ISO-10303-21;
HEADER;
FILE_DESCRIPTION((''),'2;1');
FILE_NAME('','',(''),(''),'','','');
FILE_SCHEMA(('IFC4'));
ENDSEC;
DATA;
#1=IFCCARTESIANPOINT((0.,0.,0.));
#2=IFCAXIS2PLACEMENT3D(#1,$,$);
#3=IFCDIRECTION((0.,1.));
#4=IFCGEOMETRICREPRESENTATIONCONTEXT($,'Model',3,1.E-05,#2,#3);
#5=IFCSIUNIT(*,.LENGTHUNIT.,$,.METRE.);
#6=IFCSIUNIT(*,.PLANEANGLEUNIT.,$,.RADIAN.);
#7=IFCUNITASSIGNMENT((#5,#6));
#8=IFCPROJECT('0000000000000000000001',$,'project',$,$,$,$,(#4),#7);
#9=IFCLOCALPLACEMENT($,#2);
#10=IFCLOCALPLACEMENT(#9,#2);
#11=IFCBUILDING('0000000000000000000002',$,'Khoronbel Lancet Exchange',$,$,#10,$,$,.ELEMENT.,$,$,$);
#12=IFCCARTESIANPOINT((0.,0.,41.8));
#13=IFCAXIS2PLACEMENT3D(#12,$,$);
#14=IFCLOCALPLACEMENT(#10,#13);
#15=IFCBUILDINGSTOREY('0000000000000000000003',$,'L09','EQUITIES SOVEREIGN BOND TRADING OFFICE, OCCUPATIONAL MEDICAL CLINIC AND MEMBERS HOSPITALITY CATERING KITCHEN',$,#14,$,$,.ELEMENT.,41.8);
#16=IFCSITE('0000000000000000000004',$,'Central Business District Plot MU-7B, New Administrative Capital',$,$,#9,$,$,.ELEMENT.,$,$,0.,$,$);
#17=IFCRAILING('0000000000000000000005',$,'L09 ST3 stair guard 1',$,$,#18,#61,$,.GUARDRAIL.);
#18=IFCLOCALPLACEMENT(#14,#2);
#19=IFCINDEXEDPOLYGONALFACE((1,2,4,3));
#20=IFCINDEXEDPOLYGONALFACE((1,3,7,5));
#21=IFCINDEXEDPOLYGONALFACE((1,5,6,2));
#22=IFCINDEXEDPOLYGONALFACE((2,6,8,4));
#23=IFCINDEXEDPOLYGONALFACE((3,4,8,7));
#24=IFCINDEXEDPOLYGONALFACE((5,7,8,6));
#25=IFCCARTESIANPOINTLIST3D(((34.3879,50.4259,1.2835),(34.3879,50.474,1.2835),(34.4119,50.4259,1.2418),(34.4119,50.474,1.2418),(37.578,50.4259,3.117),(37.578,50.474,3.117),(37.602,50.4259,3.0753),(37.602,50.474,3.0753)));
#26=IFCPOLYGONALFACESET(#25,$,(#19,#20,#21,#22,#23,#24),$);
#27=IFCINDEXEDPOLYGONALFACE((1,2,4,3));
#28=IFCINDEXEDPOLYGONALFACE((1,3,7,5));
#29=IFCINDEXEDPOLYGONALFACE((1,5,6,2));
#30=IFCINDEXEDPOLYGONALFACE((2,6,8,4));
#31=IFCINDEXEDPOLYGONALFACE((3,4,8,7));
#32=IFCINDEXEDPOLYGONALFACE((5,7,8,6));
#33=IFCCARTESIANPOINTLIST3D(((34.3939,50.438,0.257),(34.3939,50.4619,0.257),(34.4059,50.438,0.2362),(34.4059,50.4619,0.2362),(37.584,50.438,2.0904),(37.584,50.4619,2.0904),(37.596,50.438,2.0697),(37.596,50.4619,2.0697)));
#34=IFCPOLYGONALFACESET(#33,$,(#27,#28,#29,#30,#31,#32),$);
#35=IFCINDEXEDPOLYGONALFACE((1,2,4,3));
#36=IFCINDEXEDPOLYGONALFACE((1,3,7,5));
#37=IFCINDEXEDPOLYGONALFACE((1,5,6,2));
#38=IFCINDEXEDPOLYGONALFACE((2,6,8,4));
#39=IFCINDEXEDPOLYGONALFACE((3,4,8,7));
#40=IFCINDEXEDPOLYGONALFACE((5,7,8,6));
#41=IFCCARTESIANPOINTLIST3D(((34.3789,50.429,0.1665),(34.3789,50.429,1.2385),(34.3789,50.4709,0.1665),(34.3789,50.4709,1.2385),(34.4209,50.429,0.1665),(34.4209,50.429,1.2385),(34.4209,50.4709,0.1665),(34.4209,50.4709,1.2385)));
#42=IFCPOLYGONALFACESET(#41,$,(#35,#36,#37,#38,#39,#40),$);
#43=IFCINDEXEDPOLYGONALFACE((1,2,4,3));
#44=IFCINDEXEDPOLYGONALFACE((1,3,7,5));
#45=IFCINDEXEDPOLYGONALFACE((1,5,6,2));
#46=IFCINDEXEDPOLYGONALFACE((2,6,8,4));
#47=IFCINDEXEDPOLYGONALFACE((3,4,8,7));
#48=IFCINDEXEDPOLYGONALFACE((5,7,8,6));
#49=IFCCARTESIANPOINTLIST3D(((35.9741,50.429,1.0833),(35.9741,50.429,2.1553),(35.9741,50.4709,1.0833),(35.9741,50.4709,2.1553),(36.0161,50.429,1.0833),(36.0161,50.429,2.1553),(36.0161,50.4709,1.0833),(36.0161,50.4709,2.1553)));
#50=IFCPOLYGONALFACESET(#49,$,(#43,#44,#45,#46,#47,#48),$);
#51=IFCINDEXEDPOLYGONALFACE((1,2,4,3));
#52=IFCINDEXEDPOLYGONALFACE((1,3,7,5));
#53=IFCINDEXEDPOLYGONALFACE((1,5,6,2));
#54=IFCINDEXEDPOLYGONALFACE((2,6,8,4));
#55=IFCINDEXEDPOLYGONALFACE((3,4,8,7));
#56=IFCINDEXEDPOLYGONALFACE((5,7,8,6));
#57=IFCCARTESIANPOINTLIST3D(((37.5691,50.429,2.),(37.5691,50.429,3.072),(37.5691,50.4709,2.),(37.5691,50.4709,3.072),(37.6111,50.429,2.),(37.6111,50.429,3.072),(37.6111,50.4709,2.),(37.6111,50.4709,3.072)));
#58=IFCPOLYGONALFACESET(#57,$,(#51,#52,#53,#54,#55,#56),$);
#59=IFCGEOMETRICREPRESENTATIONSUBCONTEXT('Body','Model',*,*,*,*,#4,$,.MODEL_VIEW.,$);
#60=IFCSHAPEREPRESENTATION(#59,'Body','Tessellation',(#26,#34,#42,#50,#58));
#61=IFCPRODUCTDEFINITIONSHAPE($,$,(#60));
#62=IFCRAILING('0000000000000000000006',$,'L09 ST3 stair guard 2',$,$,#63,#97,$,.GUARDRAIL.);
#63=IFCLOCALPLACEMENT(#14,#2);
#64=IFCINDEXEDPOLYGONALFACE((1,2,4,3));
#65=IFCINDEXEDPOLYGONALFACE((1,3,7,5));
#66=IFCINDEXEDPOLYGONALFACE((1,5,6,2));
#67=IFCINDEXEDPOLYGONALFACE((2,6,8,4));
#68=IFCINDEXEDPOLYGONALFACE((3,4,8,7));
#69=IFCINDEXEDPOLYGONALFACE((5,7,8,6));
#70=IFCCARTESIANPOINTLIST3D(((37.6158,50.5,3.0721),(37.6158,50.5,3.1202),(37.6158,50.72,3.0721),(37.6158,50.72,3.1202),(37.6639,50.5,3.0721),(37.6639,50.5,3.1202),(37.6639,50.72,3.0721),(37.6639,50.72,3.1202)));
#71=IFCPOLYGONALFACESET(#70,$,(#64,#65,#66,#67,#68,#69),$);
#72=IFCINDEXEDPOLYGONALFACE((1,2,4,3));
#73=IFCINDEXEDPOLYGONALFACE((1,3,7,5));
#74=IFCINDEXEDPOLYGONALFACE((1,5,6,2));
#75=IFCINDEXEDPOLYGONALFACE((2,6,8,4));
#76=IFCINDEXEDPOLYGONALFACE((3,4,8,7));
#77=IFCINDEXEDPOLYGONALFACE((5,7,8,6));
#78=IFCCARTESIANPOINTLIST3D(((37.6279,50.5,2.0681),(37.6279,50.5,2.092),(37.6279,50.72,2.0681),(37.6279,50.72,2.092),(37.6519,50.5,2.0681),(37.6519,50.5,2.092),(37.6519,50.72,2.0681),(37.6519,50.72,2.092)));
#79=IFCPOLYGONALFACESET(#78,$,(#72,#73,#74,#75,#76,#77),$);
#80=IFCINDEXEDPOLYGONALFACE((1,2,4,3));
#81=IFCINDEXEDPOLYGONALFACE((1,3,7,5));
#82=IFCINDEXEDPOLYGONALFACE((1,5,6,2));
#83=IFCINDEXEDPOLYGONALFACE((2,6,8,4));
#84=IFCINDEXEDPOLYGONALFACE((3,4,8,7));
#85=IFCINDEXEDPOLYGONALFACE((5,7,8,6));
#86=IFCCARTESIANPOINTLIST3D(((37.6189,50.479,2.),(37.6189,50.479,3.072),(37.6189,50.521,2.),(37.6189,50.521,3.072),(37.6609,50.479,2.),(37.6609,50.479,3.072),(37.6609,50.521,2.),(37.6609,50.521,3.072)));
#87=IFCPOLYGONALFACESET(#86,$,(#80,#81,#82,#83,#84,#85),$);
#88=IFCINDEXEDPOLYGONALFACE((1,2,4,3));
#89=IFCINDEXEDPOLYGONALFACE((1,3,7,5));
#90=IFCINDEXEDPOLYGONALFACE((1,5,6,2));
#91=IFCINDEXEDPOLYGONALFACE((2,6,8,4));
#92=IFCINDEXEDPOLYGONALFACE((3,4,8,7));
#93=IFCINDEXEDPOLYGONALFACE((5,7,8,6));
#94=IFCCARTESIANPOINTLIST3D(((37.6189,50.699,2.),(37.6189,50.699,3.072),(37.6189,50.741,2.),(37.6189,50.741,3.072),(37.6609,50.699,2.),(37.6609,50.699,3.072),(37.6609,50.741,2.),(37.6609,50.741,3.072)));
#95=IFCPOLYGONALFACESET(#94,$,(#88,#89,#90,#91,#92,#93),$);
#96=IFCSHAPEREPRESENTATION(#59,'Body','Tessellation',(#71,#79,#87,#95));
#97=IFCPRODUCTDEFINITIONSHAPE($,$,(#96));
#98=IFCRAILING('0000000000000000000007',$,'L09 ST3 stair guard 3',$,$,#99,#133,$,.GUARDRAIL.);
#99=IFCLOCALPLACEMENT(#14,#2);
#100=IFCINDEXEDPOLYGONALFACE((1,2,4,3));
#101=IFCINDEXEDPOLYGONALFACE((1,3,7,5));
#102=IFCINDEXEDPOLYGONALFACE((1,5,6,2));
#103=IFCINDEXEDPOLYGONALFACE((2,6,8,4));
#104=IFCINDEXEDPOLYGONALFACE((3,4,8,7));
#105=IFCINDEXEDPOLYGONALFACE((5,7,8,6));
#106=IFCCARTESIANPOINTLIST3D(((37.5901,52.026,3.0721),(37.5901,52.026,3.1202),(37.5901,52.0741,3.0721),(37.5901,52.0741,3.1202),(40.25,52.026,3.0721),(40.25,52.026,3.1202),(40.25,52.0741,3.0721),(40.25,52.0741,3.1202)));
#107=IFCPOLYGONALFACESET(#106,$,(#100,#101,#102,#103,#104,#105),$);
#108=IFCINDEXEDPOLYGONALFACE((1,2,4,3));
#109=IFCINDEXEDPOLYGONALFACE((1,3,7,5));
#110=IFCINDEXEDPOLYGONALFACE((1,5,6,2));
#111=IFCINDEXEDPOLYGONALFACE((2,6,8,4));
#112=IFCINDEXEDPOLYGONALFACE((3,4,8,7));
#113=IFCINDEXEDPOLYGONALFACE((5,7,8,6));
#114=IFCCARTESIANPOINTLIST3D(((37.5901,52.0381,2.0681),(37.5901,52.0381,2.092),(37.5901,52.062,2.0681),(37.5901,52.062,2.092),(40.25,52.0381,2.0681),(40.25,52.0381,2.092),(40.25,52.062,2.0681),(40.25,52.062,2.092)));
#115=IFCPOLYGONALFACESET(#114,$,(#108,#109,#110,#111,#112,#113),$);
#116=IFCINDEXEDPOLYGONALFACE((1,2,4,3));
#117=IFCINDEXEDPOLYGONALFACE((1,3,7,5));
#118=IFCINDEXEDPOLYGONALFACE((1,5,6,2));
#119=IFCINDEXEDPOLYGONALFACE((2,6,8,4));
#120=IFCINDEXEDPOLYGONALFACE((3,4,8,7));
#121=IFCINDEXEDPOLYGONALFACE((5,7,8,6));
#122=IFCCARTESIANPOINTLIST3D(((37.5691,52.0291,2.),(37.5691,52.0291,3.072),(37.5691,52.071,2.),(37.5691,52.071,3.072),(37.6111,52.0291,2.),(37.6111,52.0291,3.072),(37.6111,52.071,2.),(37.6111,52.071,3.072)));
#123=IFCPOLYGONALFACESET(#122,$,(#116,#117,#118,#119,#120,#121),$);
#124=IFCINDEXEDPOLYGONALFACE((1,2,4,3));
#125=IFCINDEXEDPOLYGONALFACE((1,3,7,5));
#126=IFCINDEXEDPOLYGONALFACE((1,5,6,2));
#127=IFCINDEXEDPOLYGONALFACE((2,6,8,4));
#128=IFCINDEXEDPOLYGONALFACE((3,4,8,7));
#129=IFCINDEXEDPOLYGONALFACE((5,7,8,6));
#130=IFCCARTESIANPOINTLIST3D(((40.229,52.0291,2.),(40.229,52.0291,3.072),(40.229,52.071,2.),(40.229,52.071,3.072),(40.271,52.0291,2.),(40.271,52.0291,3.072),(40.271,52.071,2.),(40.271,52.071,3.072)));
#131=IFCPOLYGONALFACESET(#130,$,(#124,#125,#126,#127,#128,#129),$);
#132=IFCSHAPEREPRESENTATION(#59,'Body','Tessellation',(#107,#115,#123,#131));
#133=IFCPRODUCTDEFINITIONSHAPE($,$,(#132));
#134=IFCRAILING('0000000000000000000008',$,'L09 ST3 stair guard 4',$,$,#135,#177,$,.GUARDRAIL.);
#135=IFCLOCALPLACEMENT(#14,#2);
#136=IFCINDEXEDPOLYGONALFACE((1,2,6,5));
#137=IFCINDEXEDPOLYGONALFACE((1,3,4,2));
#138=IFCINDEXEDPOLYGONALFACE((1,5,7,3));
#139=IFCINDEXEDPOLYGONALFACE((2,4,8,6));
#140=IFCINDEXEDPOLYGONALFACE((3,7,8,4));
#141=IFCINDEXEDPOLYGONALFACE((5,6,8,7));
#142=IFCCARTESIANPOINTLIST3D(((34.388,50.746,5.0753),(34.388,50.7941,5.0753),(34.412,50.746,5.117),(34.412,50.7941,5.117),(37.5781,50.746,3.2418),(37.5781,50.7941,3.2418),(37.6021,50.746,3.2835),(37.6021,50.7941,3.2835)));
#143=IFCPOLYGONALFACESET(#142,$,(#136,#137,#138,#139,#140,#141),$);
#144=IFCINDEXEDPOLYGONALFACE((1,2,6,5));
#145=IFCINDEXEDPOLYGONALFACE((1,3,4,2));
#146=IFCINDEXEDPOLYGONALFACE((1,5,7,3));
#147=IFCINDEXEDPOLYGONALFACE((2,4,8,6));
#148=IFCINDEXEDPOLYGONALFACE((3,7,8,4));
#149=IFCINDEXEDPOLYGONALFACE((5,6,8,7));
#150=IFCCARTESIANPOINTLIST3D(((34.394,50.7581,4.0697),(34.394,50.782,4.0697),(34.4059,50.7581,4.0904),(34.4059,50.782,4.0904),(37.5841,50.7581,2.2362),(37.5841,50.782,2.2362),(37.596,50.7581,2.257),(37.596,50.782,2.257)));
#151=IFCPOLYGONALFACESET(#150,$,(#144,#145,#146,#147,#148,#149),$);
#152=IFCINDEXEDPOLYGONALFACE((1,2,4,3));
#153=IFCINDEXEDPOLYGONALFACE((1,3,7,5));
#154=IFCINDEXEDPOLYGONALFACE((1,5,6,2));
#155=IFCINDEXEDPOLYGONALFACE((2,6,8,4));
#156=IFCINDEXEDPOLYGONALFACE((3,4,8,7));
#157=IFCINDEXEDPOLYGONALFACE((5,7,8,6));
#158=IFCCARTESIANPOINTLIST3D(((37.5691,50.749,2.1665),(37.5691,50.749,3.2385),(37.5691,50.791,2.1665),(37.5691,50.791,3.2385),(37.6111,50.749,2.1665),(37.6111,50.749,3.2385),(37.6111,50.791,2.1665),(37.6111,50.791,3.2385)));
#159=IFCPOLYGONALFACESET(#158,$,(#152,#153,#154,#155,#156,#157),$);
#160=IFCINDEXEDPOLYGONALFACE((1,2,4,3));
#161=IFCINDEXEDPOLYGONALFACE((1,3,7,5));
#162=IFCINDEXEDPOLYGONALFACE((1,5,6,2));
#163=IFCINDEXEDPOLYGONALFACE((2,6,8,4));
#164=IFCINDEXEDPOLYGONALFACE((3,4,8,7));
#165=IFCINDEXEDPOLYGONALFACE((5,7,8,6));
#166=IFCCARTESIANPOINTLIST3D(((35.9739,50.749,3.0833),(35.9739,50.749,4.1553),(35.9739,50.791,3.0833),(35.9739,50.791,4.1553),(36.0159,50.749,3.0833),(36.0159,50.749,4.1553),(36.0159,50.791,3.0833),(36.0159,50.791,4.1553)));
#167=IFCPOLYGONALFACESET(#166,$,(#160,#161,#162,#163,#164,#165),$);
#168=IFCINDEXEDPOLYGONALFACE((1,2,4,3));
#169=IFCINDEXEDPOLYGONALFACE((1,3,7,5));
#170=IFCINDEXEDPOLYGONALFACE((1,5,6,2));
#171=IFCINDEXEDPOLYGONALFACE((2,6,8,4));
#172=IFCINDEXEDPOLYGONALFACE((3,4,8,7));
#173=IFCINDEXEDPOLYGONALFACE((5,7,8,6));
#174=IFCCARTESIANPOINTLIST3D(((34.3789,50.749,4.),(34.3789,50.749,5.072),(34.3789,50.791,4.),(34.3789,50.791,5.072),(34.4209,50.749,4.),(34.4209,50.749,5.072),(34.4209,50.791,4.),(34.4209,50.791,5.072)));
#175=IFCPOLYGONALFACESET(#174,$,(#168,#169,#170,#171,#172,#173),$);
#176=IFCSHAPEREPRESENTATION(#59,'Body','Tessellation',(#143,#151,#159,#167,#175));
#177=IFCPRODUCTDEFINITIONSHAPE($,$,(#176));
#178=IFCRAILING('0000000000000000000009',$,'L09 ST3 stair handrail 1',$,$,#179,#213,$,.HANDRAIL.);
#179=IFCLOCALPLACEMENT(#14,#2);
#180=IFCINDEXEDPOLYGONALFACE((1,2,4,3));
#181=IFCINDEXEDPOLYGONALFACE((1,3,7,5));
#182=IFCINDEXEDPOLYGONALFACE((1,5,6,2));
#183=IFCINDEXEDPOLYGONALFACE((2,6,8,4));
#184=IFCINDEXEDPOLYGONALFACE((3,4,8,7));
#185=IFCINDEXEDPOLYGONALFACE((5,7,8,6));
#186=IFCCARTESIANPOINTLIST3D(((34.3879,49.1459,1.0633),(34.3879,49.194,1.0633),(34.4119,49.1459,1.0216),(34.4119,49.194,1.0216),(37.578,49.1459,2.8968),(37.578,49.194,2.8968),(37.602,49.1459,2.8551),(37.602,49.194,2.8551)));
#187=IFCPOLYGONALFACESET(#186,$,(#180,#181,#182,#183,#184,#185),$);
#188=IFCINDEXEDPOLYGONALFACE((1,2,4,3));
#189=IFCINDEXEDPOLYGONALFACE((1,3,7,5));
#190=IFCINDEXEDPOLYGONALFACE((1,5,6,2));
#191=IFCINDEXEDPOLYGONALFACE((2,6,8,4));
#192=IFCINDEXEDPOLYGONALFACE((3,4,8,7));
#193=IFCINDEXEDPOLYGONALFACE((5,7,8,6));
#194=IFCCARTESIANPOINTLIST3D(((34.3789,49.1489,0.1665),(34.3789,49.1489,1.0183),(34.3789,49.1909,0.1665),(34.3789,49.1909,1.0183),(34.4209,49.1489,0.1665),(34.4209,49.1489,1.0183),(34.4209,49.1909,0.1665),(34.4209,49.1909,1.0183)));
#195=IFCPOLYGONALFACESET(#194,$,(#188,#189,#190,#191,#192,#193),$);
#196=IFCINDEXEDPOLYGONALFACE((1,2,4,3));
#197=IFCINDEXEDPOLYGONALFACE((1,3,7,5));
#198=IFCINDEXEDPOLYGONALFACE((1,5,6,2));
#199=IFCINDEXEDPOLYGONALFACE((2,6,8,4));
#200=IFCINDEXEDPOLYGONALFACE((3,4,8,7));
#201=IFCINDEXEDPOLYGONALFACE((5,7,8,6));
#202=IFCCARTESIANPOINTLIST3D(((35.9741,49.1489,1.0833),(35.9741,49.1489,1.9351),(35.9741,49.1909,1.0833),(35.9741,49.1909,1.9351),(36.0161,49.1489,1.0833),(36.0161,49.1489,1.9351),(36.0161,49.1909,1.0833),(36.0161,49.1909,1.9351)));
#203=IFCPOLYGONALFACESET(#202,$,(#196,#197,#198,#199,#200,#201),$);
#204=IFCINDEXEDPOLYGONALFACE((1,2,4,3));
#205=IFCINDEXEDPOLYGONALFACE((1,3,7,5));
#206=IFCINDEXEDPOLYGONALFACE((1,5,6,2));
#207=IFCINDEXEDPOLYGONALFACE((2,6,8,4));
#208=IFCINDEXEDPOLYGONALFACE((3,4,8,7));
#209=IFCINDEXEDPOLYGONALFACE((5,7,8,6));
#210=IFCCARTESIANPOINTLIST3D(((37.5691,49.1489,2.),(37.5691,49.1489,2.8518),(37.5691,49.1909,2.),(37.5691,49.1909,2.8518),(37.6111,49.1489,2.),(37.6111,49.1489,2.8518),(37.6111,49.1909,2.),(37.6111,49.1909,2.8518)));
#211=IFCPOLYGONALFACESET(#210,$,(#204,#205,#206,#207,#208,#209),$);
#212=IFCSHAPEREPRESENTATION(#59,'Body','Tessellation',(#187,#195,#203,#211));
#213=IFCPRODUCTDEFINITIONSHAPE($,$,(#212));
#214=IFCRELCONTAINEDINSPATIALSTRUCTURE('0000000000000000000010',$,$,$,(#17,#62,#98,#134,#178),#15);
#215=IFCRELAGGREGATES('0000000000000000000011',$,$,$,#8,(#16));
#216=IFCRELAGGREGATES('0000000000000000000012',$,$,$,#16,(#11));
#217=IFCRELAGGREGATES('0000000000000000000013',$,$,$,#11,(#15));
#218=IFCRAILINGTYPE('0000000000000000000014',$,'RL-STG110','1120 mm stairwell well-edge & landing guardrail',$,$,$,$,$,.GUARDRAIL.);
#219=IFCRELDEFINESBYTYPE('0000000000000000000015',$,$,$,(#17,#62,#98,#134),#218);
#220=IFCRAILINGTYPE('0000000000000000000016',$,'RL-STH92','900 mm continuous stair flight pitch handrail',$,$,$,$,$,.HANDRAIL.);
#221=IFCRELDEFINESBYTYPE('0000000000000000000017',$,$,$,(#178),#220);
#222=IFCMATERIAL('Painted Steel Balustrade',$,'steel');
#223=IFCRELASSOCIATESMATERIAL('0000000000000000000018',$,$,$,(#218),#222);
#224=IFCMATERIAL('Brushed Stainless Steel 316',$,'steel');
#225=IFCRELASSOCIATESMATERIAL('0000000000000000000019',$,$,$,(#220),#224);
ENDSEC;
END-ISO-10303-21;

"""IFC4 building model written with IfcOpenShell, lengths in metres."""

from ifc_helpers import new_model, si_unit, direction, frame, origin, origin_2d, place, context, subcontext, project, spatial, rectangle, extrude, material, type_object, element, save


model = new_model("IFC4")

# Units and contexts
model_context = context("Model", 3, precision=1e-05, world=origin(), true_north=direction((0.0, 1.0)))
body_context = subcontext(model_context, "Body", "Model", "MODEL_VIEW")
ifc_project = project(units=[si_unit("LENGTHUNIT", "METRE"), si_unit("PLANEANGLEUNIT", "RADIAN")], contexts=[model_context])

# Site, building, storey
site_placement = place(None, origin())
site = spatial("IfcSite", under=ifc_project, at=site_placement, Name="Central Business District Plot MU-7B, New Administrative Capital", CompositionType="ELEMENT", RefElevation=0.0)
building_placement = place(site_placement, origin())
building = spatial("IfcBuilding", under=site, at=building_placement, Name="Khoronbel Lancet Exchange", CompositionType="ELEMENT")
storey_placement = place(building_placement, frame((0.0, 0.0, 41.8)))
storey = spatial("IfcBuildingStorey", under=building, at=storey_placement, Name="L09", Description="EQUITIES SOVEREIGN BOND TRADING OFFICE, OCCUPATIONAL MEDICAL CLINIC AND MEMBERS HOSPITALITY CATERING KITCHEN", CompositionType="ELEMENT", Elevation=41.8)

# Railings
ifc_material_1 = material(Name="Painted Steel Balustrade", Category="steel")
railing_type_1 = type_object("IfcRailingType", Name="RL-STG110", Description="1120 mm stairwell well-edge & landing guardrail", PredefinedType="GUARDRAIL", material=ifc_material_1)
railing_1_placement = place(storey_placement, frame((34.3999, 50.45, 0.1665)))
element("IfcRailing", 1, at=railing_1_placement, inside=storey, type_object=railing_type_1, Name="L09 ST3 stair guard 1", PredefinedType="GUARDRAIL", context=body_context, shape_type="SweptSolid", body=[
    extrude(rectangle(XDim=0.0481, YDim=0.0481, at=origin_2d()), frame((0.0, 0.0, 1.0962), z_axis=(0.867007, 0.0, 0.498295), x_axis=(0.0, 1.0, 0.0)), (0.0, 0.0, 1.0), 3.6794),
    extrude(rectangle(XDim=0.0239, YDim=0.0239, at=origin_2d()), frame((0.0, 0.0, 0.0801), z_axis=(0.867007, 0.0, 0.498295), x_axis=(0.0, 1.0, 0.0)), (0.0, 0.0, 1.0), 3.6794),
    extrude(rectangle(XDim=0.042, YDim=0.042, at=origin_2d()), origin(), (0.0, 0.0, 1.0), 1.072),
    extrude(rectangle(XDim=0.042, YDim=0.042, at=origin_2d()), frame((1.5952, 0.0, 0.9167)), (0.0, 0.0, 1.0), 1.072),
    extrude(rectangle(XDim=0.042, YDim=0.042, at=origin_2d()), frame((3.1902, 0.0, 1.8335)), (0.0, 0.0, 1.0), 1.072),
])
railing_2_placement = place(storey_placement, frame((37.6399, 50.5, 2.0)))
element("IfcRailing", 2, at=railing_2_placement, inside=storey, type_object=railing_type_1, Name="L09 ST3 stair guard 2", PredefinedType="GUARDRAIL", context=body_context, shape_type="SweptSolid", body=[
    extrude(rectangle(XDim=0.0481, YDim=0.0481, at=origin_2d()), frame((0.0, 0.0, 1.0962), z_axis=(0.0, 1.0, 0.0), x_axis=(-1.0, 0.0, 0.0)), (0.0, 0.0, 1.0), 0.22),
    extrude(rectangle(XDim=0.0239, YDim=0.0239, at=origin_2d()), frame((0.0, 0.0, 0.0801), z_axis=(0.0, 1.0, 0.0), x_axis=(-1.0, 0.0, 0.0)), (0.0, 0.0, 1.0), 0.22),
    extrude(rectangle(XDim=0.042, YDim=0.042, at=origin_2d()), origin(), (0.0, 0.0, 1.0), 1.072),
    extrude(rectangle(XDim=0.042, YDim=0.042, at=origin_2d()), frame((0.0, 0.22, 0.0)), (0.0, 0.0, 1.0), 1.072),
])
railing_3_placement = place(storey_placement, frame((37.5901, 52.05, 2.0)))
element("IfcRailing", 3, at=railing_3_placement, inside=storey, type_object=railing_type_1, Name="L09 ST3 stair guard 3", PredefinedType="GUARDRAIL", context=body_context, shape_type="SweptSolid", body=[
    extrude(rectangle(XDim=0.0481, YDim=0.0481, at=origin_2d()), frame((0.0, 0.0, 1.0962), z_axis=(1.0, 0.0, 0.0), x_axis=(0.0, 1.0, 0.0)), (0.0, 0.0, 1.0), 2.6599),
    extrude(rectangle(XDim=0.0239, YDim=0.0239, at=origin_2d()), frame((0.0, 0.0, 0.0801), z_axis=(1.0, 0.0, 0.0), x_axis=(0.0, 1.0, 0.0)), (0.0, 0.0, 1.0), 2.6599),
    extrude(rectangle(XDim=0.042, YDim=0.042, at=origin_2d()), origin(), (0.0, 0.0, 1.0), 1.072),
    extrude(rectangle(XDim=0.042, YDim=0.042, at=origin_2d()), frame((2.6599, 0.0, 0.0)), (0.0, 0.0, 1.0), 1.072),
])
railing_4_placement = place(storey_placement, frame((37.5901, 50.77, 2.1665)))
element("IfcRailing", 4, at=railing_4_placement, inside=storey, type_object=railing_type_1, Name="L09 ST3 stair guard 4", PredefinedType="GUARDRAIL", context=body_context, shape_type="SweptSolid", body=[
    extrude(rectangle(XDim=0.0481, YDim=0.0481, at=origin_2d()), frame((0.0, 0.0, 1.0962), z_axis=(-0.867007, 0.0, 0.498295), x_axis=(0.0, -1.0, 0.0)), (0.0, 0.0, 1.0), 3.6794),
    extrude(rectangle(XDim=0.0239, YDim=0.0239, at=origin_2d()), frame((0.0, 0.0, 0.0801), z_axis=(-0.867007, 0.0, 0.498295), x_axis=(0.0, -1.0, 0.0)), (0.0, 0.0, 1.0), 3.6794),
    extrude(rectangle(XDim=0.042, YDim=0.042, at=origin_2d()), origin(), (0.0, 0.0, 1.0), 1.072),
    extrude(rectangle(XDim=0.042, YDim=0.042, at=origin_2d()), frame((-1.5952, 0.0, 0.9167)), (0.0, 0.0, 1.0), 1.072),
    extrude(rectangle(XDim=0.042, YDim=0.042, at=origin_2d()), frame((-3.1902, 0.0, 1.8335)), (0.0, 0.0, 1.0), 1.072),
])
ifc_material_2 = material(Name="Brushed Stainless Steel 316", Category="steel")
railing_type_2 = type_object("IfcRailingType", Name="RL-STH92", Description="900 mm continuous stair flight pitch handrail", PredefinedType="HANDRAIL", material=ifc_material_2)
railing_5_placement = place(storey_placement, frame((34.3999, 49.1699, 0.1665)))
element("IfcRailing", 5, at=railing_5_placement, inside=storey, type_object=railing_type_2, Name="L09 ST3 stair handrail 1", PredefinedType="HANDRAIL", context=body_context, shape_type="SweptSolid", body=[
    extrude(rectangle(XDim=0.0481, YDim=0.0481, at=origin_2d()), frame((0.0, 0.0, 0.876), z_axis=(0.867007, 0.0, 0.498295), x_axis=(0.0, 1.0, 0.0)), (0.0, 0.0, 1.0), 3.6794),
    extrude(rectangle(XDim=0.042, YDim=0.042, at=origin_2d()), origin(), (0.0, 0.0, 1.0), 0.8518),
    extrude(rectangle(XDim=0.042, YDim=0.042, at=origin_2d()), frame((1.5952, 0.0, 0.9167)), (0.0, 0.0, 1.0), 0.8518),
    extrude(rectangle(XDim=0.042, YDim=0.042, at=origin_2d()), frame((3.1902, 0.0, 1.8335)), (0.0, 0.0, 1.0), 0.8518),
])

save(model, "model.ifc")
